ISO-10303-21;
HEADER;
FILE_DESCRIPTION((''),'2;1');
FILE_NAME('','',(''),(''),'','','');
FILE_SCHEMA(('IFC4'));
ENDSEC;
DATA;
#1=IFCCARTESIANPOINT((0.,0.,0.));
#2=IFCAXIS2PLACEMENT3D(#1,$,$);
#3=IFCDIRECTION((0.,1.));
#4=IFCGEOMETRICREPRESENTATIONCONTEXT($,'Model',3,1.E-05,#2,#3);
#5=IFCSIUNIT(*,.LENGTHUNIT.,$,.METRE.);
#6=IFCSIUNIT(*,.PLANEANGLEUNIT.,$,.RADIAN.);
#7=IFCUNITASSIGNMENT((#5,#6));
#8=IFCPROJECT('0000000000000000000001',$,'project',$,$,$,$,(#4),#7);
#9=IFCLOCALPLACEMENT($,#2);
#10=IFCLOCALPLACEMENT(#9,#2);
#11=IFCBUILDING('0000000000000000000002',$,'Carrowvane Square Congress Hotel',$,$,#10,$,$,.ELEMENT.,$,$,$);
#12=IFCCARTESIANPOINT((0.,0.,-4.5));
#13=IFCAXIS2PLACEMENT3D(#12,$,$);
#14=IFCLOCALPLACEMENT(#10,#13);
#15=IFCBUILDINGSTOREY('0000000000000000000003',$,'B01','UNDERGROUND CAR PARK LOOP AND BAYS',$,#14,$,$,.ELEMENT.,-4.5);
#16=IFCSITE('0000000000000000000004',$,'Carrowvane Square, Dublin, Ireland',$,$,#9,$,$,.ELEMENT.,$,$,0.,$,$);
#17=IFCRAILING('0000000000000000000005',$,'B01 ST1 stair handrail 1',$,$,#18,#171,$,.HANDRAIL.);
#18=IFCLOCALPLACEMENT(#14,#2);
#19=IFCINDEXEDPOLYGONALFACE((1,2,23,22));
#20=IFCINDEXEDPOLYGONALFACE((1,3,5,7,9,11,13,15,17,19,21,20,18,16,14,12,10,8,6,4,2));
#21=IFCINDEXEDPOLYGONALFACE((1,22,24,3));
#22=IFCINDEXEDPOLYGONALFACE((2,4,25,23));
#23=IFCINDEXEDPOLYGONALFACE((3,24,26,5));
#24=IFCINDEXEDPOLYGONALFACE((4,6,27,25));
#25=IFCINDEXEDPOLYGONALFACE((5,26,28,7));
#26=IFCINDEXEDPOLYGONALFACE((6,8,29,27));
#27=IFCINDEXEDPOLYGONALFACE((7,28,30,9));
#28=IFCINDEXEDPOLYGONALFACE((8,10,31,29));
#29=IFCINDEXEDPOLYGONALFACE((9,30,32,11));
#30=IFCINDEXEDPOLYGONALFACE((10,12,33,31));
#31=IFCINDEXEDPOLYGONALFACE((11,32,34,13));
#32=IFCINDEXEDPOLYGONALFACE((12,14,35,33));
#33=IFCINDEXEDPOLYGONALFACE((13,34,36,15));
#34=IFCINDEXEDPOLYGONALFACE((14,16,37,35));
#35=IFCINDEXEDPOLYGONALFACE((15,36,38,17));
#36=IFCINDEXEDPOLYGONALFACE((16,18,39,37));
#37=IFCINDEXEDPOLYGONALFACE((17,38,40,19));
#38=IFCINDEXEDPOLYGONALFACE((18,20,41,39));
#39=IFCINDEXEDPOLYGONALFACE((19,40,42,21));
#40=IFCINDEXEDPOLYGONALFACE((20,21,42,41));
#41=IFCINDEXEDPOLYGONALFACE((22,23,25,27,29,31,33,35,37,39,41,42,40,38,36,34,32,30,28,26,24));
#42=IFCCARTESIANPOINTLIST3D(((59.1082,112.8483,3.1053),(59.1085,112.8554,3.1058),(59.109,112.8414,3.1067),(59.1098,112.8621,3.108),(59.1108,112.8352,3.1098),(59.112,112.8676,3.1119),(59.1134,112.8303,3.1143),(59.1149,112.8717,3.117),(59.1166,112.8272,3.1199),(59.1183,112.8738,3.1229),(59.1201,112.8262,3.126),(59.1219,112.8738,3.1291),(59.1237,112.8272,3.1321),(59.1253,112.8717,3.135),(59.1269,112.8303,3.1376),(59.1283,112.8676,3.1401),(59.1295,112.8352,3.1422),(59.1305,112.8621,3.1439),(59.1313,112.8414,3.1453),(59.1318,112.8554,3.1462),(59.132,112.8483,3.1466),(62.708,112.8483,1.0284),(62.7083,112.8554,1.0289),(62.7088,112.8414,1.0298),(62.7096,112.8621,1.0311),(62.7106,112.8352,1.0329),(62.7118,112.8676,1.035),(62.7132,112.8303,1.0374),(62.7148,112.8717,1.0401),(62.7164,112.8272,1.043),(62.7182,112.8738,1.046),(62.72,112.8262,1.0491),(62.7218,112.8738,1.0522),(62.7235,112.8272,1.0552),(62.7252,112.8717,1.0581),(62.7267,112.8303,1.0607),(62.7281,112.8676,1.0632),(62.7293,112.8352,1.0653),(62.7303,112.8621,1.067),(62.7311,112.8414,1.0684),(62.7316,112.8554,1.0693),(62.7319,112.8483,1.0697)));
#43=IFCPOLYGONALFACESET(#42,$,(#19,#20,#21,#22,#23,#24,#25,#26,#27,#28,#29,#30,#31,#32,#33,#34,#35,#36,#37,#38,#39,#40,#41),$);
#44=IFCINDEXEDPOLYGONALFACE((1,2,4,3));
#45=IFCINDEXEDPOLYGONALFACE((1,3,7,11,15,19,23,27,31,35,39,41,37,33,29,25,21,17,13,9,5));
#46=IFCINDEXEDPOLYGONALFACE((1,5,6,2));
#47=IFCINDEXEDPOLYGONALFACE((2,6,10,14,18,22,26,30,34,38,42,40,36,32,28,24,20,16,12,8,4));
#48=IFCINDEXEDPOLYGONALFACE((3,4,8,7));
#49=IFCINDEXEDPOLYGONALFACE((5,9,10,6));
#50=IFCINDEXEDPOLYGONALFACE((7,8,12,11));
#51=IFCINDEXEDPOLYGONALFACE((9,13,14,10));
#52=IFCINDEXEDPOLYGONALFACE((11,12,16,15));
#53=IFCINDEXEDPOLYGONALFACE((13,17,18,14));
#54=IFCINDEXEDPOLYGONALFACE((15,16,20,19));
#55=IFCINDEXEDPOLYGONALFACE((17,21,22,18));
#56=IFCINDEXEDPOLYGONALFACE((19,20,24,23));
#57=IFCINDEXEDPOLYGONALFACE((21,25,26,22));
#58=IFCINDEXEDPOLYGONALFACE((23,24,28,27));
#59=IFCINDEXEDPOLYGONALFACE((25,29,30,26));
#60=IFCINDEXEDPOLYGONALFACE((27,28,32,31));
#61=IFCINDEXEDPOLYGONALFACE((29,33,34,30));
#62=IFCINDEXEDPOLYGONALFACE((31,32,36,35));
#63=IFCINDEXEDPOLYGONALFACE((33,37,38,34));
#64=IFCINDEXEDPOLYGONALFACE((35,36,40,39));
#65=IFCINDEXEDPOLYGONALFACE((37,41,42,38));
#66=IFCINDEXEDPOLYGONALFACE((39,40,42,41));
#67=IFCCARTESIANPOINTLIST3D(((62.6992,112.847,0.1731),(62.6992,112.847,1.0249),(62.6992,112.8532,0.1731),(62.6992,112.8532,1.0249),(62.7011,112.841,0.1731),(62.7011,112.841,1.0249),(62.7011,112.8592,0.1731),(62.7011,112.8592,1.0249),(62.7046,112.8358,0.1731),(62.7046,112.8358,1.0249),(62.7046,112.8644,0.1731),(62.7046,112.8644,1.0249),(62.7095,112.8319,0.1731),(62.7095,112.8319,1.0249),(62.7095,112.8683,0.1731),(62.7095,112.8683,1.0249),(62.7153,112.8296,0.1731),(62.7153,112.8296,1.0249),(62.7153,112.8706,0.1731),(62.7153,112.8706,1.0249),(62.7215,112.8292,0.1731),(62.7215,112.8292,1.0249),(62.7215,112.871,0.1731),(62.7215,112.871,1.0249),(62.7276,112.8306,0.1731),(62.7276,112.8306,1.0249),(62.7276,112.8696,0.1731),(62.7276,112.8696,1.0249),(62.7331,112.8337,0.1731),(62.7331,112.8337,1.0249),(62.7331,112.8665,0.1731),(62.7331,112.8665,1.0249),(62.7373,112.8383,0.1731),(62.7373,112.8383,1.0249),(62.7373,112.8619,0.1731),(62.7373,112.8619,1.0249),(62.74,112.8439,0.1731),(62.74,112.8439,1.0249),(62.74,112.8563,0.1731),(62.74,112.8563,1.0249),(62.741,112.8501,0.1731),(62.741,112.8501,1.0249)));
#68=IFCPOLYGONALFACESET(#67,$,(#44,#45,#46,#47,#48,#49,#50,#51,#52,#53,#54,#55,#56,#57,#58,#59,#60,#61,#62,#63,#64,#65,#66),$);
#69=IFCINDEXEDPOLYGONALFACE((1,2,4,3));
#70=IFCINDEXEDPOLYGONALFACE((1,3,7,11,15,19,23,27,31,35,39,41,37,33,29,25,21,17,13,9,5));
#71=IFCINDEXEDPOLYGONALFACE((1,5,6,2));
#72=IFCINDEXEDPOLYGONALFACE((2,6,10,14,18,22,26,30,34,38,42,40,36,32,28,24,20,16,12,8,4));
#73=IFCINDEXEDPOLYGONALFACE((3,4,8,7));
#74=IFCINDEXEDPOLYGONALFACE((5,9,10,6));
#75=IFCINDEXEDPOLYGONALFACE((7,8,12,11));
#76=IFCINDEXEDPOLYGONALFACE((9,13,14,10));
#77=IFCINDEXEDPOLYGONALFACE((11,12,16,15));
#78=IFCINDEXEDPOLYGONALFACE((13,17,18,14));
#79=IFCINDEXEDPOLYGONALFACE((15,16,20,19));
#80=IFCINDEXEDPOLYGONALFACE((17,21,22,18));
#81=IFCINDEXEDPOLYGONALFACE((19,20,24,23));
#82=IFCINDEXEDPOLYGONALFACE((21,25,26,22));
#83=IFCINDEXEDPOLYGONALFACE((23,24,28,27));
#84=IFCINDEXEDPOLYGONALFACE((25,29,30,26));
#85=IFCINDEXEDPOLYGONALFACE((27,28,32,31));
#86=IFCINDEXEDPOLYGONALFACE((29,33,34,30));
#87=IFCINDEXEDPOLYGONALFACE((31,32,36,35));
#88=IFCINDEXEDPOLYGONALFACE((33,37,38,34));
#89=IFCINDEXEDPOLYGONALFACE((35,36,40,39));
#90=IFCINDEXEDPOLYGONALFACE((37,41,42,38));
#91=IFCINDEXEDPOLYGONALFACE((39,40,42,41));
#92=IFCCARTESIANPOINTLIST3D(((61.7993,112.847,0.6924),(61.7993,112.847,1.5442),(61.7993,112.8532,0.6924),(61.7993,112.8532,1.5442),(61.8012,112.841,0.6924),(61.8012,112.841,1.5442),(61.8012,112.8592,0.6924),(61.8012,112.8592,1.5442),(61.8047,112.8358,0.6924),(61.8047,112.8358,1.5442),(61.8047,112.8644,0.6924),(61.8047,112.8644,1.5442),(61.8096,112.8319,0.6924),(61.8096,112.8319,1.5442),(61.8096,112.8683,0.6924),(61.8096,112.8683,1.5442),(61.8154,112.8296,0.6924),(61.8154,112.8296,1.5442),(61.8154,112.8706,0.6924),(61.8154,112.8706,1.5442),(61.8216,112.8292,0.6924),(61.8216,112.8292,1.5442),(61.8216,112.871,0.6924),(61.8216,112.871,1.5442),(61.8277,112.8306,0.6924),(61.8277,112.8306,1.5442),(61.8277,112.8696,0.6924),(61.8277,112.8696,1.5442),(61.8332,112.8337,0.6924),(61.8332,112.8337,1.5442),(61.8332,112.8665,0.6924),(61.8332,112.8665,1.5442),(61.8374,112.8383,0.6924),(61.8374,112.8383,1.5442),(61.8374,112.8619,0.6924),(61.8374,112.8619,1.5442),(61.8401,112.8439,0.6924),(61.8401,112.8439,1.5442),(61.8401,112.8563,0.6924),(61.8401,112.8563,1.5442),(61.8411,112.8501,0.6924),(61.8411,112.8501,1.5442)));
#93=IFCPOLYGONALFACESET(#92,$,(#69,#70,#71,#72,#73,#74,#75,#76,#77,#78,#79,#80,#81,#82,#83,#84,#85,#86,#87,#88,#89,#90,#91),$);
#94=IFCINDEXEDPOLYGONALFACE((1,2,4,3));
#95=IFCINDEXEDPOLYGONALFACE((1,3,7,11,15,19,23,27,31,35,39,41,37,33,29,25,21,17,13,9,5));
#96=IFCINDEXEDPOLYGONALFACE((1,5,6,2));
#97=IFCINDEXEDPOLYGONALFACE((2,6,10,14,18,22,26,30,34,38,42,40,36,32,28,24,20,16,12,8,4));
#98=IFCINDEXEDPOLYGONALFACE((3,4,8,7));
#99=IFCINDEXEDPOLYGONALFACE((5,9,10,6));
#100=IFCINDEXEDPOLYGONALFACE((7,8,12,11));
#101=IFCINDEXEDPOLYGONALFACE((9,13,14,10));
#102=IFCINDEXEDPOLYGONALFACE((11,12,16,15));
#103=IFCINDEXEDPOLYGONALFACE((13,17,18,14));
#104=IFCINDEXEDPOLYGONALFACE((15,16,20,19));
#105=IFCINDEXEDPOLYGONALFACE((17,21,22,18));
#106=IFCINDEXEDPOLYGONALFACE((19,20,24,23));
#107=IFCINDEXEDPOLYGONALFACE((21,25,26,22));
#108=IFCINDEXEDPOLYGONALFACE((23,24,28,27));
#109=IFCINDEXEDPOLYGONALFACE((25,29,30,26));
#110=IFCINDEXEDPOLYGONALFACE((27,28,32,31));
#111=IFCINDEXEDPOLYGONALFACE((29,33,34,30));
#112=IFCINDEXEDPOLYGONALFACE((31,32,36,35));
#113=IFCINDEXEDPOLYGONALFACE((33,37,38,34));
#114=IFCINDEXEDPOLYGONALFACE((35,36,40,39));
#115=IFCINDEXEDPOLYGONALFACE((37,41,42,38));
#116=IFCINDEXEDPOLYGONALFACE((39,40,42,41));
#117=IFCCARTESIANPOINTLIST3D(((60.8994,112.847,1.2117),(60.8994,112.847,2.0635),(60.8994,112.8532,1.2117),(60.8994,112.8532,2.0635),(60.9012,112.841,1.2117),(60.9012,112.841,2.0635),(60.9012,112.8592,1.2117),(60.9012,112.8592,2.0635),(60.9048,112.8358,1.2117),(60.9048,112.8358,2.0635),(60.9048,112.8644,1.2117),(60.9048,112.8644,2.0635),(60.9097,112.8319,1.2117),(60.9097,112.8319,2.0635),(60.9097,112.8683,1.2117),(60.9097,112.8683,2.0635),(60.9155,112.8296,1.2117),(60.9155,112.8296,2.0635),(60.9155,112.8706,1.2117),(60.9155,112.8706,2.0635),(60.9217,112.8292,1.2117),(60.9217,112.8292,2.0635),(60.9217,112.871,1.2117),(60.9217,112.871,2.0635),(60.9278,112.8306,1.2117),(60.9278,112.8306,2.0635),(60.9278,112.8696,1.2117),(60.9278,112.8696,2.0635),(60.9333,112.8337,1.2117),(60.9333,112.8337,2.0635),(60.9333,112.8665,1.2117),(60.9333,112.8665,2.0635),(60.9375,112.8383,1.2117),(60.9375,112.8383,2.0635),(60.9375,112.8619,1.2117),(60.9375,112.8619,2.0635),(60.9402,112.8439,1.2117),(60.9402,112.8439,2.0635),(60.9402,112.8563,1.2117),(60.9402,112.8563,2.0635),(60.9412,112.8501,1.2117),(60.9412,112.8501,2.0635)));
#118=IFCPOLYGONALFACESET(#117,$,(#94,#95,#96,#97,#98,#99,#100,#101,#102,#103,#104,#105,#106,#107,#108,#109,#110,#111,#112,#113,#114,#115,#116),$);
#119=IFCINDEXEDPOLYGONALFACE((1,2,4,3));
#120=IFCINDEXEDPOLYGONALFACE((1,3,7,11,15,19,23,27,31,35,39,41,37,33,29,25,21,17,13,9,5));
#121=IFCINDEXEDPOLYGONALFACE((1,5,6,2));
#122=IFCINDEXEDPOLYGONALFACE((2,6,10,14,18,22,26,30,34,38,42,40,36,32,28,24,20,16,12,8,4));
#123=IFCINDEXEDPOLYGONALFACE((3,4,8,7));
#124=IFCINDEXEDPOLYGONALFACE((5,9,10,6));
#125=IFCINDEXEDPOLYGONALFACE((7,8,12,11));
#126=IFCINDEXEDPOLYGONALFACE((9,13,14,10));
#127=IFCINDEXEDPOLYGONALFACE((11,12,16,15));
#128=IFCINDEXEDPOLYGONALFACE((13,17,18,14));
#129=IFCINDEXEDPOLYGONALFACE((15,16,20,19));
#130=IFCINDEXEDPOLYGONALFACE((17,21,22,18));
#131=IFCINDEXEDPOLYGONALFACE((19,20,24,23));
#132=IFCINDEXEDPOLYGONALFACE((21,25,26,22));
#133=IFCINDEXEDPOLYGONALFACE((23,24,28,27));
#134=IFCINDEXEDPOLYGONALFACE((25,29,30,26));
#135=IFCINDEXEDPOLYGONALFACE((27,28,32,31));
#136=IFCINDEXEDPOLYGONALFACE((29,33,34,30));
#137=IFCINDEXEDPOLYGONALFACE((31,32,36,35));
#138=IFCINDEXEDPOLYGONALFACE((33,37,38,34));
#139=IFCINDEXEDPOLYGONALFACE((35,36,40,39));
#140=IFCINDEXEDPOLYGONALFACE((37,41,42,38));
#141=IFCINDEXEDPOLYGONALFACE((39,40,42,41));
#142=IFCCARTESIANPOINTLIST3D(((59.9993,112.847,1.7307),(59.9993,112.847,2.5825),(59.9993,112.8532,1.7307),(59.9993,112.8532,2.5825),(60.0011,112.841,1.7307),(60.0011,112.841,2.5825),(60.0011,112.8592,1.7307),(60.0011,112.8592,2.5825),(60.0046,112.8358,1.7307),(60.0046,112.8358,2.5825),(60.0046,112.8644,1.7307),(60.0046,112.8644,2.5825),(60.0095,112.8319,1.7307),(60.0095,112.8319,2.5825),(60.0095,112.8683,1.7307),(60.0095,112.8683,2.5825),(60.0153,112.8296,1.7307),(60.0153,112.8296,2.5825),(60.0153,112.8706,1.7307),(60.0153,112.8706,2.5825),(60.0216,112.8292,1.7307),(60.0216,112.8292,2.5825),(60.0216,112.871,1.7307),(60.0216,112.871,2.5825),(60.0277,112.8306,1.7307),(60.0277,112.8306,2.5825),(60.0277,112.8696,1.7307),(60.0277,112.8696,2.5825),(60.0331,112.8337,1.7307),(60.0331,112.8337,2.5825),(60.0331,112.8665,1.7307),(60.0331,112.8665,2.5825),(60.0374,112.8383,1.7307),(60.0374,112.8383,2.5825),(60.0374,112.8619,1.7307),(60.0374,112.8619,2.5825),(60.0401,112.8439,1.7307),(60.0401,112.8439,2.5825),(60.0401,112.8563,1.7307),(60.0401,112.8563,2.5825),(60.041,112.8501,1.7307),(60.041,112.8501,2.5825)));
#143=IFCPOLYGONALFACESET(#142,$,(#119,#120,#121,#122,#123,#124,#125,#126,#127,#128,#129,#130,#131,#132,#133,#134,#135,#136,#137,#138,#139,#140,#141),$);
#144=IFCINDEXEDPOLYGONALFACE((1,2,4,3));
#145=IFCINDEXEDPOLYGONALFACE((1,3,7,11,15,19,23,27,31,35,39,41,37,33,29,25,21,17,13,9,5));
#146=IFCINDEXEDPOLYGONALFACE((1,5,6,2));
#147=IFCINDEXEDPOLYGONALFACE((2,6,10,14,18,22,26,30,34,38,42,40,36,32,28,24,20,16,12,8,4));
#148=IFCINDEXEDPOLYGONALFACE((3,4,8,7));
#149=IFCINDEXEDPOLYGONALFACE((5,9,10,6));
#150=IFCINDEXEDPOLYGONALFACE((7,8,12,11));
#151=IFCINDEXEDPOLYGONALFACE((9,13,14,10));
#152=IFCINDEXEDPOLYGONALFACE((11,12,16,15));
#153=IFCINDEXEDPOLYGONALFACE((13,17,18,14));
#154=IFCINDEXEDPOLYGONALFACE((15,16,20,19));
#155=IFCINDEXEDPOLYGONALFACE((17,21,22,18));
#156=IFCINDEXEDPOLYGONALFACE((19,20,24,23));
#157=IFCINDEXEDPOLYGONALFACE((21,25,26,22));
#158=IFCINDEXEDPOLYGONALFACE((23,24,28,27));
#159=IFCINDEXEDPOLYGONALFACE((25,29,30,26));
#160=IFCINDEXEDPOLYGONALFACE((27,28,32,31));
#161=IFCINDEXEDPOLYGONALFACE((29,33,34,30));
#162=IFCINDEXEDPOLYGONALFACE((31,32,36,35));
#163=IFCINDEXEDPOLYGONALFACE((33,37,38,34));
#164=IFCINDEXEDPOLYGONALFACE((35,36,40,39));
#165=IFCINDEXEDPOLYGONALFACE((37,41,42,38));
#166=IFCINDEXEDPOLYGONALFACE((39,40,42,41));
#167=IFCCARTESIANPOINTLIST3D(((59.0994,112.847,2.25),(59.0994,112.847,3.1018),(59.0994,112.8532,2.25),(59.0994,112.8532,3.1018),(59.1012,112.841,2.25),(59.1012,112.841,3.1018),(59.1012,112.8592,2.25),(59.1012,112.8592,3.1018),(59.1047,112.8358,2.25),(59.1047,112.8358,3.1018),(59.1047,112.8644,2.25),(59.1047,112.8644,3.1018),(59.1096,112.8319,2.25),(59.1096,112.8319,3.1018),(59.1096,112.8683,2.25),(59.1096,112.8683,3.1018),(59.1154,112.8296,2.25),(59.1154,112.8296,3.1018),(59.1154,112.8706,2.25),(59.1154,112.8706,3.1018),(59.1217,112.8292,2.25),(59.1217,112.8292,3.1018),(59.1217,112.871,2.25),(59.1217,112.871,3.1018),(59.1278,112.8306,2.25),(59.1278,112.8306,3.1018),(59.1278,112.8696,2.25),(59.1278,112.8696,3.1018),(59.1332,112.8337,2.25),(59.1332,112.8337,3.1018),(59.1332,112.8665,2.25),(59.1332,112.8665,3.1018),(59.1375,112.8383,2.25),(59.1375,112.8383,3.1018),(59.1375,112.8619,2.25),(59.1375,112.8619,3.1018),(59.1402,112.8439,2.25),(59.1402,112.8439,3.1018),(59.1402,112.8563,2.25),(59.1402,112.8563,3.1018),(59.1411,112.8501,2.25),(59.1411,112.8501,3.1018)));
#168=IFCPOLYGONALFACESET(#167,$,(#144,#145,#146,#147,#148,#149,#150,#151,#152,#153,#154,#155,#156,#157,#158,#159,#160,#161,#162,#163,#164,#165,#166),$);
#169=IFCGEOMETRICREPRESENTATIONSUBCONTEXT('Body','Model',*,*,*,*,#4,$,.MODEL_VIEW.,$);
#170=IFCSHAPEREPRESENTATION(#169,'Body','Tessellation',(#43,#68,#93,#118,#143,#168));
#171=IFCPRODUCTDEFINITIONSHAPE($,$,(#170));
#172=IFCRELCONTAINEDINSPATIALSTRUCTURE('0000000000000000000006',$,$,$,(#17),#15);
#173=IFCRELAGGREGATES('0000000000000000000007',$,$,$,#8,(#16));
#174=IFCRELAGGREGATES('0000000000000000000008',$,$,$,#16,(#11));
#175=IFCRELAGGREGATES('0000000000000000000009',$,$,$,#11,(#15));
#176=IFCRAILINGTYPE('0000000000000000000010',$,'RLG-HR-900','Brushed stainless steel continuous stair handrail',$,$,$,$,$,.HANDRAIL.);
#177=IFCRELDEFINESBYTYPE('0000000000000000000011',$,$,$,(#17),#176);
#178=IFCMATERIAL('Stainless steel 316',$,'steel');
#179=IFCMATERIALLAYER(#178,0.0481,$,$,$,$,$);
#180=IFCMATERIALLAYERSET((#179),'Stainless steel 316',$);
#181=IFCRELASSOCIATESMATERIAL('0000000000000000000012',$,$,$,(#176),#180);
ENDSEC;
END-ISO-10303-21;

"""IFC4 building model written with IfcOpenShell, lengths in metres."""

from ifc_helpers import new_model, si_unit, direction, frame, origin, origin_2d, place, context, subcontext, project, spatial, circle, extrude, material, layer, layer_set, type_object, element, save


model = new_model("IFC4")

# Units and contexts
model_context = context("Model", 3, precision=1e-05, world=origin(), true_north=direction((0.0, 1.0)))
body_context = subcontext(model_context, "Body", "Model", "MODEL_VIEW")
ifc_project = project(units=[si_unit("LENGTHUNIT", "METRE"), si_unit("PLANEANGLEUNIT", "RADIAN")], contexts=[model_context])

# Site, building, storey
site_placement = place(None, origin())
site = spatial("IfcSite", under=ifc_project, at=site_placement, Name="Carrowvane Square, Dublin, Ireland", CompositionType="ELEMENT", RefElevation=0.0)
building_placement = place(site_placement, origin())
building = spatial("IfcBuilding", under=site, at=building_placement, Name="Carrowvane Square Congress Hotel", CompositionType="ELEMENT")
storey_placement = place(building_placement, frame((0.0, 0.0, -4.5)))
storey = spatial("IfcBuildingStorey", under=building, at=storey_placement, Name="B01", Description="UNDERGROUND CAR PARK LOOP AND BAYS", CompositionType="ELEMENT", Elevation=-4.5)

# Railing
ifc_material_1 = material(Name="Stainless steel 316", Category="steel")
ifc_layer_1 = layer(ifc_material_1, 0.0481)
ifc_layer_set_1 = layer_set([ifc_layer_1], Name="Stainless steel 316")
railing_type_1 = type_object("IfcRailingType", Name="RLG-HR-900", Description="Brushed stainless steel continuous stair handrail", PredefinedType="HANDRAIL", material=ifc_layer_set_1)
railing_1_placement = place(storey_placement, frame((62.72, 112.8501, 0.1731)))
element("IfcRailing", 1, at=railing_1_placement, inside=storey, type_object=railing_type_1, Name="B01 ST1 stair handrail 1", PredefinedType="HANDRAIL", context=body_context, shape_type="SweptSolid", body=[
    extrude(circle(Radius=0.0239, at=origin_2d()), frame((0.0, 0.0, 0.876), z_axis=(-0.866179, 0.0, 0.499734), x_axis=(0.0, -1.0, 0.0)), (0.0, 0.0, 1.0), 4.156),
    extrude(circle(Radius=0.021, at=origin_2d()), origin(), (0.0, 0.0, 1.0), 0.8518),
    extrude(circle(Radius=0.021, at=origin_2d()), frame((-0.8999, 0.0, 0.5193)), (0.0, 0.0, 1.0), 0.8518),
    extrude(circle(Radius=0.021, at=origin_2d()), frame((-1.7998, 0.0, 1.0386)), (0.0, 0.0, 1.0), 0.8518),
    extrude(circle(Radius=0.021, at=origin_2d()), frame((-2.7, 0.0, 1.5576)), (0.0, 0.0, 1.0), 0.8518),
    extrude(circle(Radius=0.021, at=origin_2d()), frame((-3.5999, 0.0, 2.0769)), (0.0, 0.0, 1.0), 0.8518),
])

save(model, "model.ifc")
